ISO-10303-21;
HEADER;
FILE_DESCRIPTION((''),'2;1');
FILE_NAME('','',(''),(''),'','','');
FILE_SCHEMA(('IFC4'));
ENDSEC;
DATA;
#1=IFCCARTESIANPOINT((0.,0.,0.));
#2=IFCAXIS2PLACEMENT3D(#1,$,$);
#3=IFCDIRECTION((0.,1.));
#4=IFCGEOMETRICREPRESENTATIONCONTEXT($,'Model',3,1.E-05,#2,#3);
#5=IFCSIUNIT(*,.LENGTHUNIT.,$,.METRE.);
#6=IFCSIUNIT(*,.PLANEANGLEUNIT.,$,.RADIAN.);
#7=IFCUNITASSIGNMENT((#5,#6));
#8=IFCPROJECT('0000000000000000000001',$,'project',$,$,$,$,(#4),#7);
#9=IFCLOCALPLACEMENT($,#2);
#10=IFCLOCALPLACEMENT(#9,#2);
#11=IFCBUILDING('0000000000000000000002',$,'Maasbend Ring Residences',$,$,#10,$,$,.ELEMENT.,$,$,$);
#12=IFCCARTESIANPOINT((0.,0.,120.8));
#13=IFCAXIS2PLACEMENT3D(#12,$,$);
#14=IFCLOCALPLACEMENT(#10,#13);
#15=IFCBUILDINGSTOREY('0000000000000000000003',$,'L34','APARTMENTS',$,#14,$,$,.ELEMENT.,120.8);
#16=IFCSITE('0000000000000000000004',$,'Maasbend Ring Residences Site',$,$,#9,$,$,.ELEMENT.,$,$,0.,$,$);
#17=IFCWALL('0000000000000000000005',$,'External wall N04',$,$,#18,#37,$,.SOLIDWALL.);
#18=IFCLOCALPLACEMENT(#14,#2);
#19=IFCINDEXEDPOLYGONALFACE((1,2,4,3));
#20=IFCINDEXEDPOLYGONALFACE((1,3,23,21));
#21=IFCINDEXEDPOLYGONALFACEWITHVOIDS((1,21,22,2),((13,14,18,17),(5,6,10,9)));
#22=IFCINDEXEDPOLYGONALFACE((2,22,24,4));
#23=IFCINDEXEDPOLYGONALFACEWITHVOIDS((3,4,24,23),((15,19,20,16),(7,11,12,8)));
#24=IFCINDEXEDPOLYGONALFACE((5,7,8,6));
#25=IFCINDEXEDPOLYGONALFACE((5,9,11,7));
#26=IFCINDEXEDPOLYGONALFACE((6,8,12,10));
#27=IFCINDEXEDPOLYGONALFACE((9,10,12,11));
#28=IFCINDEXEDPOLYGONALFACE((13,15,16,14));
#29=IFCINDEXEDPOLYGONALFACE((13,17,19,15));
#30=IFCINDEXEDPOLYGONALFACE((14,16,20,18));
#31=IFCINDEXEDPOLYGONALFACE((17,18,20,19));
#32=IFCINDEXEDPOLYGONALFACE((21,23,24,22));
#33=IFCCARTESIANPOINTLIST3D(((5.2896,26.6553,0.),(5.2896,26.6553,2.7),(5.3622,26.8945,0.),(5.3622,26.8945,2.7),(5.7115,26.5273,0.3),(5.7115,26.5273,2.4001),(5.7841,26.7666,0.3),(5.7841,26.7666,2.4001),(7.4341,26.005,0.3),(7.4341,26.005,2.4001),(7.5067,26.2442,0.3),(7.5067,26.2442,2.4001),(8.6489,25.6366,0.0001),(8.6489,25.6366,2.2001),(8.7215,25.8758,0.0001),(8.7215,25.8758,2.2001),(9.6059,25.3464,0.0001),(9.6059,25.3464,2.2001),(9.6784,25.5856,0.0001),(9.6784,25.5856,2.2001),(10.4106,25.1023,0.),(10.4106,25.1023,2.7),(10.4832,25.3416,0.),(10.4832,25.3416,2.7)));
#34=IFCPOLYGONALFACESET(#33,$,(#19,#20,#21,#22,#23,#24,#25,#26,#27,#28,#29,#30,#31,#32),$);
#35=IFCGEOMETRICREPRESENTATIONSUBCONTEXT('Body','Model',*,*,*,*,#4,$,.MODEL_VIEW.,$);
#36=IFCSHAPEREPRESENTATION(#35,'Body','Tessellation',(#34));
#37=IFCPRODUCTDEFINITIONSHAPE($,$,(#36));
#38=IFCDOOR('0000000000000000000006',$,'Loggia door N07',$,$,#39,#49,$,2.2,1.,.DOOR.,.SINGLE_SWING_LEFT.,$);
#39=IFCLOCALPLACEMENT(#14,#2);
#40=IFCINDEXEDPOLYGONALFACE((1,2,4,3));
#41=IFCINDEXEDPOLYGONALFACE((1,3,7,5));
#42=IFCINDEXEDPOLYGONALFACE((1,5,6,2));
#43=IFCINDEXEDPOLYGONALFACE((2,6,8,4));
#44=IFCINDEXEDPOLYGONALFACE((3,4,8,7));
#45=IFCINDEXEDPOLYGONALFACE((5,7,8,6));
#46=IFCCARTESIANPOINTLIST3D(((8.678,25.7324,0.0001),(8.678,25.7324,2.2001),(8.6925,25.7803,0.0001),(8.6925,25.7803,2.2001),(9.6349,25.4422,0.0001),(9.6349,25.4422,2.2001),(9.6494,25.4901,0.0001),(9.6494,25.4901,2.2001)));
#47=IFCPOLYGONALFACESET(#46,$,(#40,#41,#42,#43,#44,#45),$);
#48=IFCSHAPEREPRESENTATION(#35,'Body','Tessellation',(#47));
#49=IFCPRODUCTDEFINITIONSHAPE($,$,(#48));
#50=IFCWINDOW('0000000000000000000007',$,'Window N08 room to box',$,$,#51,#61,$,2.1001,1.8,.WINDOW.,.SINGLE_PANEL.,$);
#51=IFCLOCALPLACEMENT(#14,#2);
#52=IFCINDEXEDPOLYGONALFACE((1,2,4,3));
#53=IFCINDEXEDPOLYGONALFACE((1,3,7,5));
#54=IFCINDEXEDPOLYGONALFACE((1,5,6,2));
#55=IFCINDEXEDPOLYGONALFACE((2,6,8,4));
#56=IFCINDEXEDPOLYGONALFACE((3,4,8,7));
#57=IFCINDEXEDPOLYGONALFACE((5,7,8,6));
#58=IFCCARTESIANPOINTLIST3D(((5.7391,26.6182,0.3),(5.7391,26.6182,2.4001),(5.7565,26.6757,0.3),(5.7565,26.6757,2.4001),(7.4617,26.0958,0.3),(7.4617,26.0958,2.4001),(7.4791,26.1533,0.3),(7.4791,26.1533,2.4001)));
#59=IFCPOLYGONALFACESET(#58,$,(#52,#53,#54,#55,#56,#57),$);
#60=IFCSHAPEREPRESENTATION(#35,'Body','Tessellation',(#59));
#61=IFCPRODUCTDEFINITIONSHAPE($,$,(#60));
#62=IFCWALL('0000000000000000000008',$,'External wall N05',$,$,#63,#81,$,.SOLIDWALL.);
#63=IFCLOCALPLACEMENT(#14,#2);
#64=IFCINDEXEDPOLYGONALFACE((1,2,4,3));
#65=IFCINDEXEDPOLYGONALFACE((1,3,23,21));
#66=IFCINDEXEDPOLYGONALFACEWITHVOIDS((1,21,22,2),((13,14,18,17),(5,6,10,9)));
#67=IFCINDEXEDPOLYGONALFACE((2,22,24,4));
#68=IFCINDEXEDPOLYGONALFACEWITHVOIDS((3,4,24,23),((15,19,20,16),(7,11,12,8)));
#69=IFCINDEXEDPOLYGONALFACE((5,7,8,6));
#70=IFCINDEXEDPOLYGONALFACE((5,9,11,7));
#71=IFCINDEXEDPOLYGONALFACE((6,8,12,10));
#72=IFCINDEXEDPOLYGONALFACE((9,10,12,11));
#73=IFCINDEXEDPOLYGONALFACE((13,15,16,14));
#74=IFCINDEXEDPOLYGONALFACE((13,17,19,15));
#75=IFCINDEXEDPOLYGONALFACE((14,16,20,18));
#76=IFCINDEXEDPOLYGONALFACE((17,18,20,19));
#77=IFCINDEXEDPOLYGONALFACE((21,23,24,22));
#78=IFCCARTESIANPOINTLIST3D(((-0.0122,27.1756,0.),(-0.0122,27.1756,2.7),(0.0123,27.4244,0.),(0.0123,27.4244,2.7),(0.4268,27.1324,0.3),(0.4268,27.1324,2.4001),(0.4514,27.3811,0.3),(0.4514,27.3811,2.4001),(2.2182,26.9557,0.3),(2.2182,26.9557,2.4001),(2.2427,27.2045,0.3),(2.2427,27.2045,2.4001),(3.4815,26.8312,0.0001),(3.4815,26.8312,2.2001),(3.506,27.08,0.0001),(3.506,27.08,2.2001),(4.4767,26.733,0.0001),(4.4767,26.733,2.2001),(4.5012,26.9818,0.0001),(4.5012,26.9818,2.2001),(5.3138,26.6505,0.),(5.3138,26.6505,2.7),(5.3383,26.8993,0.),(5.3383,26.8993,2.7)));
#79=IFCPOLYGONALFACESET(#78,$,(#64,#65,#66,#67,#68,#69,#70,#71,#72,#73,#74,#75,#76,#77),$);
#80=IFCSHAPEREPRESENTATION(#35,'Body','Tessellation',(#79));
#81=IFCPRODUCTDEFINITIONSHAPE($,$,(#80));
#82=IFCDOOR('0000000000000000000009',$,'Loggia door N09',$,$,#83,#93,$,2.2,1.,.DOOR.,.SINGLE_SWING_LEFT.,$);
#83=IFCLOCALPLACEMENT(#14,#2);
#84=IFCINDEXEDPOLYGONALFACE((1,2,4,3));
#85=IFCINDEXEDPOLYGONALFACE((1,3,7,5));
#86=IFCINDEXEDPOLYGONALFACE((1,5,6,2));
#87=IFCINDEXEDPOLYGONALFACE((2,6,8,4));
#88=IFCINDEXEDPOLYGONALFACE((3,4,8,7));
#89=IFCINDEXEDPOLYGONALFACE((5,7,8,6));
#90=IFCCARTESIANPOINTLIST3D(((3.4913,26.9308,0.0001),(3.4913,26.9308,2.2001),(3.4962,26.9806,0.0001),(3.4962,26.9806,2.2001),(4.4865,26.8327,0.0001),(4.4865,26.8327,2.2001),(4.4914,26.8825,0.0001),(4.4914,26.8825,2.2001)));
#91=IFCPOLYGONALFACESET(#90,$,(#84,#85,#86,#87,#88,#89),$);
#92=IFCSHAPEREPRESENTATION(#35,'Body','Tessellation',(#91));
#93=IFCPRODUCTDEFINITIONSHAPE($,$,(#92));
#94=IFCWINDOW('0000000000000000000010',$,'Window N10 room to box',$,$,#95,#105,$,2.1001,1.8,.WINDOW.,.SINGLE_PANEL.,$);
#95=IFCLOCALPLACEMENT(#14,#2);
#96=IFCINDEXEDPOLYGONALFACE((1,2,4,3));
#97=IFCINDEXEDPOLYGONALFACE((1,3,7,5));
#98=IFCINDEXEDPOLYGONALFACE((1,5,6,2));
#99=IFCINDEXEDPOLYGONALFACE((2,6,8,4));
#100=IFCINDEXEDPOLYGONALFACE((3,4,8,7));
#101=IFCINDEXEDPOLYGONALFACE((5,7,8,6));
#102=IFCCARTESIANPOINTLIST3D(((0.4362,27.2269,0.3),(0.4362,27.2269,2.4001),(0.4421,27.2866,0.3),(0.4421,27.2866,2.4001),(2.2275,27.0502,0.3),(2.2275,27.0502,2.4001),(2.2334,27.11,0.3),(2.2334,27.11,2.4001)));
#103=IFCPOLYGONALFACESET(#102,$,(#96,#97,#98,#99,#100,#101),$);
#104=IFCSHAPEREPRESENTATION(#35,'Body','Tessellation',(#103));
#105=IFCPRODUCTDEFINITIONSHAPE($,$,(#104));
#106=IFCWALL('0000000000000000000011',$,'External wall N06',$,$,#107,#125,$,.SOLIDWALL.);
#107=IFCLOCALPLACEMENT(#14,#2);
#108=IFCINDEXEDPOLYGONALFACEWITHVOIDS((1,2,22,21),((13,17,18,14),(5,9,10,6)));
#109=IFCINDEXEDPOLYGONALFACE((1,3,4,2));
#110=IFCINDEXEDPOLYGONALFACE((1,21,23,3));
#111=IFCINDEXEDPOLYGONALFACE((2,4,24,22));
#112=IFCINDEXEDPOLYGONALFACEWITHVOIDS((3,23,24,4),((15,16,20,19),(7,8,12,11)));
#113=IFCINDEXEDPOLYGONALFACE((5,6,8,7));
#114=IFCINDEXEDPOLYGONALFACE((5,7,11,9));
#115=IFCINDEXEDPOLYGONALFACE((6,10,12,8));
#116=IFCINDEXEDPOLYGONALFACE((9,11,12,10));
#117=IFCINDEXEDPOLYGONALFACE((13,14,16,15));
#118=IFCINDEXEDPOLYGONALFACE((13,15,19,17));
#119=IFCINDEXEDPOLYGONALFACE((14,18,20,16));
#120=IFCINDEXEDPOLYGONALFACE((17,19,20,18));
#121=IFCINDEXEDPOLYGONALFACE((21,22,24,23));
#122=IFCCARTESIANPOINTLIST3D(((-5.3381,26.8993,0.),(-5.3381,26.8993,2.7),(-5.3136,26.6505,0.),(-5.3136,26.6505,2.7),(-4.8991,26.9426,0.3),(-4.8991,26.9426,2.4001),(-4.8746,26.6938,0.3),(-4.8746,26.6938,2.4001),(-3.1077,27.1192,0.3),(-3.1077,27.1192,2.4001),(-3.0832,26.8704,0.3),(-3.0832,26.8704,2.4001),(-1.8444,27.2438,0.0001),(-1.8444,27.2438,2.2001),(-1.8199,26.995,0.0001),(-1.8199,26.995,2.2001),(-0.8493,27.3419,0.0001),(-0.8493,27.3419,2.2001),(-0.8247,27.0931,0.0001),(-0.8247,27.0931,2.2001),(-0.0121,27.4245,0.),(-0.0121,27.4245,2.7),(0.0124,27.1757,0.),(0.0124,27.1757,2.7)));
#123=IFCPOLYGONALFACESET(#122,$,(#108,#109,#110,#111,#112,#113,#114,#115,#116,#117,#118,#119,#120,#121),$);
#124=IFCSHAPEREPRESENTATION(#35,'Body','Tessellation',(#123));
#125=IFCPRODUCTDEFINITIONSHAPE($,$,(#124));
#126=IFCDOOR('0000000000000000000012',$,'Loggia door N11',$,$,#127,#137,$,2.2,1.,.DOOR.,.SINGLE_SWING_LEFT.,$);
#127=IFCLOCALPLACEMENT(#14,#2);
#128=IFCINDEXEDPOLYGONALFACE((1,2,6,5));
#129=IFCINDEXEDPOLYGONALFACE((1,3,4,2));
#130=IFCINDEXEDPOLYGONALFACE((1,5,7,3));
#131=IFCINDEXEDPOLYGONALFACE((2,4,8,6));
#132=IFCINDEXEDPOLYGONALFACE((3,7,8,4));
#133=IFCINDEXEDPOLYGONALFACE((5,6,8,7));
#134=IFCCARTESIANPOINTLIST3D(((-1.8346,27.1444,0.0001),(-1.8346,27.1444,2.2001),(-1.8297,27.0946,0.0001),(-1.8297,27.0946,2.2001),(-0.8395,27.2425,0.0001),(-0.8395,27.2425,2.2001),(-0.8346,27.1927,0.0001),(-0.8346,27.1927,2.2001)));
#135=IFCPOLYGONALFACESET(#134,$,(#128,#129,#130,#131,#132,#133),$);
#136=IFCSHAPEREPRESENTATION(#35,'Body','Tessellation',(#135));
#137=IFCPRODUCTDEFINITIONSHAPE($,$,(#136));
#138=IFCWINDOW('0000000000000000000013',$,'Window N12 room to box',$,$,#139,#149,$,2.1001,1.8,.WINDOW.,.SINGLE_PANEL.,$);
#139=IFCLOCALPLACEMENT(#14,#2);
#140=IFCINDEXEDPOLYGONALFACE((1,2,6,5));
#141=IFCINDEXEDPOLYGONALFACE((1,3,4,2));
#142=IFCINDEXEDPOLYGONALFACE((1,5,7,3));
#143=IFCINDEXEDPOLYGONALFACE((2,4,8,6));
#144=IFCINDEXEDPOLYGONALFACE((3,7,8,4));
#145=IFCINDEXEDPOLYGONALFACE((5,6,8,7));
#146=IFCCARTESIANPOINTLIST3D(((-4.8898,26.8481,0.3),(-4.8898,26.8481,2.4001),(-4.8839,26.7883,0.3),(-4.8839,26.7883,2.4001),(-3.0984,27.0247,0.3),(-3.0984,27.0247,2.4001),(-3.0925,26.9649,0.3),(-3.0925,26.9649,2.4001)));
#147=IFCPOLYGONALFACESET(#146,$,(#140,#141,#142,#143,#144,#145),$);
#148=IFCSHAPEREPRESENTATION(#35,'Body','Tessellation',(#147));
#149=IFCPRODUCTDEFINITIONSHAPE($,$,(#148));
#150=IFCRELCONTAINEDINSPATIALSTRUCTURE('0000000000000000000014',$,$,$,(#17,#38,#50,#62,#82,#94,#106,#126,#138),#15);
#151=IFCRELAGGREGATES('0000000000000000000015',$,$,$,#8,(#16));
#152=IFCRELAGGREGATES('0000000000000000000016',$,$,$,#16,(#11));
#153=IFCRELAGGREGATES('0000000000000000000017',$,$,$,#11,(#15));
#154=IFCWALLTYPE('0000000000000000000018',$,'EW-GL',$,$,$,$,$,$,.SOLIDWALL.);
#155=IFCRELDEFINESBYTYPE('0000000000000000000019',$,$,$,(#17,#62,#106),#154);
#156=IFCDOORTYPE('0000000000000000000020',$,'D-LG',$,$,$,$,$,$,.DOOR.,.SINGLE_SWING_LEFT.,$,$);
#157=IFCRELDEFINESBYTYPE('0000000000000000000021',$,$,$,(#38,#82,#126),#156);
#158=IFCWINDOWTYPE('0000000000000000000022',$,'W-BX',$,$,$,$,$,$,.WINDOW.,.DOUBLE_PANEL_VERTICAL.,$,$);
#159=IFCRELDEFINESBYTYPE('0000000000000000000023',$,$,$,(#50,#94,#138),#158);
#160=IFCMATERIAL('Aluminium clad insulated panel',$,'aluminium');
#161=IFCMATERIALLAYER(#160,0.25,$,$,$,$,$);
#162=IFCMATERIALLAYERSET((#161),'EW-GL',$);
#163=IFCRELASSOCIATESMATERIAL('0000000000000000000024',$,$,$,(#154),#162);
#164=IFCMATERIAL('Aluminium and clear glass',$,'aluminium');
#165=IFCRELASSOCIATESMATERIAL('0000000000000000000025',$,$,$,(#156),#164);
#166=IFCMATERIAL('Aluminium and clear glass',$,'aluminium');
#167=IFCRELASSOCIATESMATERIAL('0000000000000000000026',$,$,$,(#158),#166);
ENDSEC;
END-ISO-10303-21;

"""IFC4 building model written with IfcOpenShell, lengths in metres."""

from ifc_helpers import new_model, si_unit, direction, frame, frame_2d, origin, place, context, subcontext, project, spatial, rectangle, extrude, material, layer, layer_set, type_object, element, fill, save


model = new_model("IFC4")

# Units and contexts
model_context = context("Model", 3, precision=1e-05, world=origin(), true_north=direction((0.0, 1.0)))
body_context = subcontext(model_context, "Body", "Model", "MODEL_VIEW")
ifc_project = project(units=[si_unit("LENGTHUNIT", "METRE"), si_unit("PLANEANGLEUNIT", "RADIAN")], contexts=[model_context])

# Site, building, storey
site_placement = place(None, origin())
site = spatial("IfcSite", under=ifc_project, at=site_placement, Name="Maasbend Ring Residences Site", CompositionType="ELEMENT", RefElevation=0.0)
building_placement = place(site_placement, origin())
building = spatial("IfcBuilding", under=site, at=building_placement, Name="Maasbend Ring Residences", CompositionType="ELEMENT")
storey_placement = place(building_placement, frame((0.0, 0.0, 120.8)))
storey = spatial("IfcBuildingStorey", under=building, at=storey_placement, Name="L34", Description="APARTMENTS", CompositionType="ELEMENT", Elevation=120.8)

# Walls, openings, doors, windows
ifc_material_1 = material(Name="Aluminium clad insulated panel", Category="aluminium")
ifc_layer_1 = layer(ifc_material_1, 0.25)
ifc_layer_set_1 = layer_set([ifc_layer_1], Name="EW-GL")
wall_type_1 = type_object("IfcWallType", Name="EW-GL", PredefinedType="SOLIDWALL", material=ifc_layer_set_1)
wall_1_placement = place(storey_placement, frame((10.447, 25.2219, 0.0), z_axis=(0.0, 0.0, 1.0), x_axis=(-0.956966, 0.290201, 0.0)))
wall_1 = element("IfcWall", 1, at=wall_1_placement, inside=storey, type_object=wall_type_1, Name="External wall N04", PredefinedType="SOLIDWALL", context=body_context, shape_type="SweptSolid", body=[
    extrude(rectangle(XDim=5.3513, YDim=0.25, at=frame_2d((2.6758, 0.0))), origin(), (0.0, 0.0, 1.0), 2.7),
])
opening_1_placement = place(wall_1_placement, frame((0.8411, 0.0, 0.0)))
opening_1 = element("IfcOpeningElement", 2, at=opening_1_placement, cuts=wall_1, PredefinedType="OPENING", context=body_context, shape_type="SweptSolid", body=[
    extrude(rectangle(XDim=1.0, YDim=2.2, at=frame_2d((0.5, 1.1001))), frame((0.0, 0.135, 0.0), z_axis=(0.0, -1.0, 0.0), x_axis=(1.0, 0.0, 0.0)), (0.0, 0.0, 1.0), 0.27),
])
opening_2_placement = place(wall_1_placement, frame((3.1106, 0.0, 0.3)))
opening_2 = element("IfcOpeningElement", 3, at=opening_2_placement, cuts=wall_1, PredefinedType="OPENING", context=body_context, shape_type="SweptSolid", body=[
    extrude(rectangle(XDim=1.8, YDim=2.1001, at=frame_2d((0.8999, 1.05))), frame((0.0, 0.135, 0.0), z_axis=(0.0, -1.0, 0.0), x_axis=(1.0, 0.0, 0.0)), (0.0, 0.0, 1.0), 0.27),
])
ifc_material_2 = material(Name="Aluminium and clear glass", Category="aluminium")
door_type_1 = type_object("IfcDoorType", Name="D-LG", OperationType="SINGLE_SWING_LEFT", PredefinedType="DOOR", material=ifc_material_2)
door_1_placement = place(opening_1_placement, origin())
door_1 = element("IfcDoor", 4, at=door_1_placement, inside=storey, type_object=door_type_1, Name="Loggia door N07", OperationType="SINGLE_SWING_LEFT", OverallHeight=2.2, OverallWidth=1.0, PredefinedType="DOOR", context=body_context, shape_type="SweptSolid", body=[
    extrude(rectangle(XDim=1.0, YDim=2.2, at=frame_2d((0.5, 1.1001))), frame((0.0, 0.0249, 0.0), z_axis=(0.0, -1.0, 0.0), x_axis=(1.0, 0.0, 0.0)), (0.0, 0.0, 1.0), 0.05),
])
fill(opening_1, door_1)
ifc_material_3 = material(Name="Aluminium and clear glass", Category="aluminium")
window_type_1 = type_object("IfcWindowType", Name="W-BX", PartitioningType="DOUBLE_PANEL_VERTICAL", PredefinedType="WINDOW", material=ifc_material_3)
window_1_placement = place(opening_2_placement, origin())
window_1 = element("IfcWindow", 5, at=window_1_placement, inside=storey, type_object=window_type_1, Name="Window N08 room to box", OverallHeight=2.1001, OverallWidth=1.8, PartitioningType="SINGLE_PANEL", PredefinedType="WINDOW", context=body_context, shape_type="SweptSolid", body=[
    extrude(rectangle(XDim=1.8, YDim=2.1001, at=frame_2d((0.8999, 1.05))), frame((0.0, 0.03, 0.0), z_axis=(0.0, -1.0, 0.0), x_axis=(1.0, 0.0, 0.0)), (0.0, 0.0, 1.0), 0.0601),
])
fill(opening_2, window_1)
wall_2_placement = place(storey_placement, frame((5.3259, 26.7749, 0.0), z_axis=(0.0, 0.0, 1.0), x_axis=(-0.995174, 0.098126, 0.0)))
wall_2 = element("IfcWall", 6, at=wall_2_placement, inside=storey, type_object=wall_type_1, Name="External wall N05", PredefinedType="SOLIDWALL", context=body_context, shape_type="SweptSolid", body=[
    extrude(rectangle(XDim=5.3518, YDim=0.25, at=frame_2d((2.6758, 0.0))), origin(), (0.0, 0.0, 1.0), 2.7),
])
opening_3_placement = place(wall_2_placement, frame((0.8411, 0.0, 0.0)))
opening_3 = element("IfcOpeningElement", 7, at=opening_3_placement, cuts=wall_2, PredefinedType="OPENING", context=body_context, shape_type="SweptSolid", body=[
    extrude(rectangle(XDim=1.0, YDim=2.2, at=frame_2d((0.5, 1.1001))), frame((0.0, 0.135, 0.0), z_axis=(0.0, -1.0, 0.0), x_axis=(1.0, 0.0, 0.0)), (0.0, 0.0, 1.0), 0.27),
])
opening_4_placement = place(wall_2_placement, frame((3.1106, 0.0, 0.3)))
opening_4 = element("IfcOpeningElement", 8, at=opening_4_placement, cuts=wall_2, PredefinedType="OPENING", context=body_context, shape_type="SweptSolid", body=[
    extrude(rectangle(XDim=1.8, YDim=2.1001, at=frame_2d((0.8999, 1.05))), frame((0.0, 0.135, 0.0), z_axis=(0.0, -1.0, 0.0), x_axis=(1.0, 0.0, 0.0)), (0.0, 0.0, 1.0), 0.27),
])
door_2_placement = place(opening_3_placement, origin())
door_2 = element("IfcDoor", 9, at=door_2_placement, inside=storey, type_object=door_type_1, Name="Loggia door N09", OperationType="SINGLE_SWING_LEFT", OverallHeight=2.2, OverallWidth=1.0, PredefinedType="DOOR", context=body_context, shape_type="SweptSolid", body=[
    extrude(rectangle(XDim=1.0, YDim=2.2, at=frame_2d((0.5, 1.1001))), frame((0.0, 0.0249, 0.0), z_axis=(0.0, -1.0, 0.0), x_axis=(1.0, 0.0, 0.0)), (0.0, 0.0, 1.0), 0.05),
])
fill(opening_3, door_2)
window_2_placement = place(opening_4_placement, origin())
window_2 = element("IfcWindow", 10, at=window_2_placement, inside=storey, type_object=window_type_1, Name="Window N10 room to box", OverallHeight=2.1001, OverallWidth=1.8, PartitioningType="SINGLE_PANEL", PredefinedType="WINDOW", context=body_context, shape_type="SweptSolid", body=[
    extrude(rectangle(XDim=1.8, YDim=2.1001, at=frame_2d((0.8999, 1.05))), frame((0.0, 0.03, 0.0), z_axis=(0.0, -1.0, 0.0), x_axis=(1.0, 0.0, 0.0)), (0.0, 0.0, 1.0), 0.0601),
])
fill(opening_4, window_2)
wall_3_placement = place(storey_placement, frame((0.0, 27.3, 0.0), z_axis=(0.0, 0.0, 1.0), x_axis=(-0.995174, -0.098126, 0.0)))
wall_3 = element("IfcWall", 11, at=wall_3_placement, inside=storey, type_object=wall_type_1, Name="External wall N06", PredefinedType="SOLIDWALL", context=body_context, shape_type="SweptSolid", body=[
    extrude(rectangle(XDim=5.3518, YDim=0.25, at=frame_2d((2.6758, 0.0))), origin(), (0.0, 0.0, 1.0), 2.7),
])
opening_5_placement = place(wall_3_placement, frame((0.8411, 0.0, 0.0)))
opening_5 = element("IfcOpeningElement", 12, at=opening_5_placement, cuts=wall_3, PredefinedType="OPENING", context=body_context, shape_type="SweptSolid", body=[
    extrude(rectangle(XDim=1.0, YDim=2.2, at=frame_2d((0.5, 1.1001))), frame((0.0, 0.135, 0.0), z_axis=(0.0, -1.0, 0.0), x_axis=(1.0, 0.0, 0.0)), (0.0, 0.0, 1.0), 0.27),
])
opening_6_placement = place(wall_3_placement, frame((3.1106, 0.0, 0.3)))
opening_6 = element("IfcOpeningElement", 13, at=opening_6_placement, cuts=wall_3, PredefinedType="OPENING", context=body_context, shape_type="SweptSolid", body=[
    extrude(rectangle(XDim=1.8, YDim=2.1001, at=frame_2d((0.8999, 1.05))), frame((0.0, 0.135, 0.0), z_axis=(0.0, -1.0, 0.0), x_axis=(1.0, 0.0, 0.0)), (0.0, 0.0, 1.0), 0.27),
])
door_3_placement = place(opening_5_placement, origin())
door_3 = element("IfcDoor", 14, at=door_3_placement, inside=storey, type_object=door_type_1, Name="Loggia door N11", OperationType="SINGLE_SWING_LEFT", OverallHeight=2.2, OverallWidth=1.0, PredefinedType="DOOR", context=body_context, shape_type="SweptSolid", body=[
    extrude(rectangle(XDim=1.0, YDim=2.2, at=frame_2d((0.5, 1.1001))), frame((0.0, 0.0249, 0.0), z_axis=(0.0, -1.0, 0.0), x_axis=(1.0, 0.0, 0.0)), (0.0, 0.0, 1.0), 0.05),
])
fill(opening_5, door_3)
window_3_placement = place(opening_6_placement, origin())
window_3 = element("IfcWindow", 15, at=window_3_placement, inside=storey, type_object=window_type_1, Name="Window N12 room to box", OverallHeight=2.1001, OverallWidth=1.8, PartitioningType="SINGLE_PANEL", PredefinedType="WINDOW", context=body_context, shape_type="SweptSolid", body=[
    extrude(rectangle(XDim=1.8, YDim=2.1001, at=frame_2d((0.8999, 1.05))), frame((0.0, 0.03, 0.0), z_axis=(0.0, -1.0, 0.0), x_axis=(1.0, 0.0, 0.0)), (0.0, 0.0, 1.0), 0.0601),
])
fill(opening_6, window_3)

save(model, "model.ifc")
